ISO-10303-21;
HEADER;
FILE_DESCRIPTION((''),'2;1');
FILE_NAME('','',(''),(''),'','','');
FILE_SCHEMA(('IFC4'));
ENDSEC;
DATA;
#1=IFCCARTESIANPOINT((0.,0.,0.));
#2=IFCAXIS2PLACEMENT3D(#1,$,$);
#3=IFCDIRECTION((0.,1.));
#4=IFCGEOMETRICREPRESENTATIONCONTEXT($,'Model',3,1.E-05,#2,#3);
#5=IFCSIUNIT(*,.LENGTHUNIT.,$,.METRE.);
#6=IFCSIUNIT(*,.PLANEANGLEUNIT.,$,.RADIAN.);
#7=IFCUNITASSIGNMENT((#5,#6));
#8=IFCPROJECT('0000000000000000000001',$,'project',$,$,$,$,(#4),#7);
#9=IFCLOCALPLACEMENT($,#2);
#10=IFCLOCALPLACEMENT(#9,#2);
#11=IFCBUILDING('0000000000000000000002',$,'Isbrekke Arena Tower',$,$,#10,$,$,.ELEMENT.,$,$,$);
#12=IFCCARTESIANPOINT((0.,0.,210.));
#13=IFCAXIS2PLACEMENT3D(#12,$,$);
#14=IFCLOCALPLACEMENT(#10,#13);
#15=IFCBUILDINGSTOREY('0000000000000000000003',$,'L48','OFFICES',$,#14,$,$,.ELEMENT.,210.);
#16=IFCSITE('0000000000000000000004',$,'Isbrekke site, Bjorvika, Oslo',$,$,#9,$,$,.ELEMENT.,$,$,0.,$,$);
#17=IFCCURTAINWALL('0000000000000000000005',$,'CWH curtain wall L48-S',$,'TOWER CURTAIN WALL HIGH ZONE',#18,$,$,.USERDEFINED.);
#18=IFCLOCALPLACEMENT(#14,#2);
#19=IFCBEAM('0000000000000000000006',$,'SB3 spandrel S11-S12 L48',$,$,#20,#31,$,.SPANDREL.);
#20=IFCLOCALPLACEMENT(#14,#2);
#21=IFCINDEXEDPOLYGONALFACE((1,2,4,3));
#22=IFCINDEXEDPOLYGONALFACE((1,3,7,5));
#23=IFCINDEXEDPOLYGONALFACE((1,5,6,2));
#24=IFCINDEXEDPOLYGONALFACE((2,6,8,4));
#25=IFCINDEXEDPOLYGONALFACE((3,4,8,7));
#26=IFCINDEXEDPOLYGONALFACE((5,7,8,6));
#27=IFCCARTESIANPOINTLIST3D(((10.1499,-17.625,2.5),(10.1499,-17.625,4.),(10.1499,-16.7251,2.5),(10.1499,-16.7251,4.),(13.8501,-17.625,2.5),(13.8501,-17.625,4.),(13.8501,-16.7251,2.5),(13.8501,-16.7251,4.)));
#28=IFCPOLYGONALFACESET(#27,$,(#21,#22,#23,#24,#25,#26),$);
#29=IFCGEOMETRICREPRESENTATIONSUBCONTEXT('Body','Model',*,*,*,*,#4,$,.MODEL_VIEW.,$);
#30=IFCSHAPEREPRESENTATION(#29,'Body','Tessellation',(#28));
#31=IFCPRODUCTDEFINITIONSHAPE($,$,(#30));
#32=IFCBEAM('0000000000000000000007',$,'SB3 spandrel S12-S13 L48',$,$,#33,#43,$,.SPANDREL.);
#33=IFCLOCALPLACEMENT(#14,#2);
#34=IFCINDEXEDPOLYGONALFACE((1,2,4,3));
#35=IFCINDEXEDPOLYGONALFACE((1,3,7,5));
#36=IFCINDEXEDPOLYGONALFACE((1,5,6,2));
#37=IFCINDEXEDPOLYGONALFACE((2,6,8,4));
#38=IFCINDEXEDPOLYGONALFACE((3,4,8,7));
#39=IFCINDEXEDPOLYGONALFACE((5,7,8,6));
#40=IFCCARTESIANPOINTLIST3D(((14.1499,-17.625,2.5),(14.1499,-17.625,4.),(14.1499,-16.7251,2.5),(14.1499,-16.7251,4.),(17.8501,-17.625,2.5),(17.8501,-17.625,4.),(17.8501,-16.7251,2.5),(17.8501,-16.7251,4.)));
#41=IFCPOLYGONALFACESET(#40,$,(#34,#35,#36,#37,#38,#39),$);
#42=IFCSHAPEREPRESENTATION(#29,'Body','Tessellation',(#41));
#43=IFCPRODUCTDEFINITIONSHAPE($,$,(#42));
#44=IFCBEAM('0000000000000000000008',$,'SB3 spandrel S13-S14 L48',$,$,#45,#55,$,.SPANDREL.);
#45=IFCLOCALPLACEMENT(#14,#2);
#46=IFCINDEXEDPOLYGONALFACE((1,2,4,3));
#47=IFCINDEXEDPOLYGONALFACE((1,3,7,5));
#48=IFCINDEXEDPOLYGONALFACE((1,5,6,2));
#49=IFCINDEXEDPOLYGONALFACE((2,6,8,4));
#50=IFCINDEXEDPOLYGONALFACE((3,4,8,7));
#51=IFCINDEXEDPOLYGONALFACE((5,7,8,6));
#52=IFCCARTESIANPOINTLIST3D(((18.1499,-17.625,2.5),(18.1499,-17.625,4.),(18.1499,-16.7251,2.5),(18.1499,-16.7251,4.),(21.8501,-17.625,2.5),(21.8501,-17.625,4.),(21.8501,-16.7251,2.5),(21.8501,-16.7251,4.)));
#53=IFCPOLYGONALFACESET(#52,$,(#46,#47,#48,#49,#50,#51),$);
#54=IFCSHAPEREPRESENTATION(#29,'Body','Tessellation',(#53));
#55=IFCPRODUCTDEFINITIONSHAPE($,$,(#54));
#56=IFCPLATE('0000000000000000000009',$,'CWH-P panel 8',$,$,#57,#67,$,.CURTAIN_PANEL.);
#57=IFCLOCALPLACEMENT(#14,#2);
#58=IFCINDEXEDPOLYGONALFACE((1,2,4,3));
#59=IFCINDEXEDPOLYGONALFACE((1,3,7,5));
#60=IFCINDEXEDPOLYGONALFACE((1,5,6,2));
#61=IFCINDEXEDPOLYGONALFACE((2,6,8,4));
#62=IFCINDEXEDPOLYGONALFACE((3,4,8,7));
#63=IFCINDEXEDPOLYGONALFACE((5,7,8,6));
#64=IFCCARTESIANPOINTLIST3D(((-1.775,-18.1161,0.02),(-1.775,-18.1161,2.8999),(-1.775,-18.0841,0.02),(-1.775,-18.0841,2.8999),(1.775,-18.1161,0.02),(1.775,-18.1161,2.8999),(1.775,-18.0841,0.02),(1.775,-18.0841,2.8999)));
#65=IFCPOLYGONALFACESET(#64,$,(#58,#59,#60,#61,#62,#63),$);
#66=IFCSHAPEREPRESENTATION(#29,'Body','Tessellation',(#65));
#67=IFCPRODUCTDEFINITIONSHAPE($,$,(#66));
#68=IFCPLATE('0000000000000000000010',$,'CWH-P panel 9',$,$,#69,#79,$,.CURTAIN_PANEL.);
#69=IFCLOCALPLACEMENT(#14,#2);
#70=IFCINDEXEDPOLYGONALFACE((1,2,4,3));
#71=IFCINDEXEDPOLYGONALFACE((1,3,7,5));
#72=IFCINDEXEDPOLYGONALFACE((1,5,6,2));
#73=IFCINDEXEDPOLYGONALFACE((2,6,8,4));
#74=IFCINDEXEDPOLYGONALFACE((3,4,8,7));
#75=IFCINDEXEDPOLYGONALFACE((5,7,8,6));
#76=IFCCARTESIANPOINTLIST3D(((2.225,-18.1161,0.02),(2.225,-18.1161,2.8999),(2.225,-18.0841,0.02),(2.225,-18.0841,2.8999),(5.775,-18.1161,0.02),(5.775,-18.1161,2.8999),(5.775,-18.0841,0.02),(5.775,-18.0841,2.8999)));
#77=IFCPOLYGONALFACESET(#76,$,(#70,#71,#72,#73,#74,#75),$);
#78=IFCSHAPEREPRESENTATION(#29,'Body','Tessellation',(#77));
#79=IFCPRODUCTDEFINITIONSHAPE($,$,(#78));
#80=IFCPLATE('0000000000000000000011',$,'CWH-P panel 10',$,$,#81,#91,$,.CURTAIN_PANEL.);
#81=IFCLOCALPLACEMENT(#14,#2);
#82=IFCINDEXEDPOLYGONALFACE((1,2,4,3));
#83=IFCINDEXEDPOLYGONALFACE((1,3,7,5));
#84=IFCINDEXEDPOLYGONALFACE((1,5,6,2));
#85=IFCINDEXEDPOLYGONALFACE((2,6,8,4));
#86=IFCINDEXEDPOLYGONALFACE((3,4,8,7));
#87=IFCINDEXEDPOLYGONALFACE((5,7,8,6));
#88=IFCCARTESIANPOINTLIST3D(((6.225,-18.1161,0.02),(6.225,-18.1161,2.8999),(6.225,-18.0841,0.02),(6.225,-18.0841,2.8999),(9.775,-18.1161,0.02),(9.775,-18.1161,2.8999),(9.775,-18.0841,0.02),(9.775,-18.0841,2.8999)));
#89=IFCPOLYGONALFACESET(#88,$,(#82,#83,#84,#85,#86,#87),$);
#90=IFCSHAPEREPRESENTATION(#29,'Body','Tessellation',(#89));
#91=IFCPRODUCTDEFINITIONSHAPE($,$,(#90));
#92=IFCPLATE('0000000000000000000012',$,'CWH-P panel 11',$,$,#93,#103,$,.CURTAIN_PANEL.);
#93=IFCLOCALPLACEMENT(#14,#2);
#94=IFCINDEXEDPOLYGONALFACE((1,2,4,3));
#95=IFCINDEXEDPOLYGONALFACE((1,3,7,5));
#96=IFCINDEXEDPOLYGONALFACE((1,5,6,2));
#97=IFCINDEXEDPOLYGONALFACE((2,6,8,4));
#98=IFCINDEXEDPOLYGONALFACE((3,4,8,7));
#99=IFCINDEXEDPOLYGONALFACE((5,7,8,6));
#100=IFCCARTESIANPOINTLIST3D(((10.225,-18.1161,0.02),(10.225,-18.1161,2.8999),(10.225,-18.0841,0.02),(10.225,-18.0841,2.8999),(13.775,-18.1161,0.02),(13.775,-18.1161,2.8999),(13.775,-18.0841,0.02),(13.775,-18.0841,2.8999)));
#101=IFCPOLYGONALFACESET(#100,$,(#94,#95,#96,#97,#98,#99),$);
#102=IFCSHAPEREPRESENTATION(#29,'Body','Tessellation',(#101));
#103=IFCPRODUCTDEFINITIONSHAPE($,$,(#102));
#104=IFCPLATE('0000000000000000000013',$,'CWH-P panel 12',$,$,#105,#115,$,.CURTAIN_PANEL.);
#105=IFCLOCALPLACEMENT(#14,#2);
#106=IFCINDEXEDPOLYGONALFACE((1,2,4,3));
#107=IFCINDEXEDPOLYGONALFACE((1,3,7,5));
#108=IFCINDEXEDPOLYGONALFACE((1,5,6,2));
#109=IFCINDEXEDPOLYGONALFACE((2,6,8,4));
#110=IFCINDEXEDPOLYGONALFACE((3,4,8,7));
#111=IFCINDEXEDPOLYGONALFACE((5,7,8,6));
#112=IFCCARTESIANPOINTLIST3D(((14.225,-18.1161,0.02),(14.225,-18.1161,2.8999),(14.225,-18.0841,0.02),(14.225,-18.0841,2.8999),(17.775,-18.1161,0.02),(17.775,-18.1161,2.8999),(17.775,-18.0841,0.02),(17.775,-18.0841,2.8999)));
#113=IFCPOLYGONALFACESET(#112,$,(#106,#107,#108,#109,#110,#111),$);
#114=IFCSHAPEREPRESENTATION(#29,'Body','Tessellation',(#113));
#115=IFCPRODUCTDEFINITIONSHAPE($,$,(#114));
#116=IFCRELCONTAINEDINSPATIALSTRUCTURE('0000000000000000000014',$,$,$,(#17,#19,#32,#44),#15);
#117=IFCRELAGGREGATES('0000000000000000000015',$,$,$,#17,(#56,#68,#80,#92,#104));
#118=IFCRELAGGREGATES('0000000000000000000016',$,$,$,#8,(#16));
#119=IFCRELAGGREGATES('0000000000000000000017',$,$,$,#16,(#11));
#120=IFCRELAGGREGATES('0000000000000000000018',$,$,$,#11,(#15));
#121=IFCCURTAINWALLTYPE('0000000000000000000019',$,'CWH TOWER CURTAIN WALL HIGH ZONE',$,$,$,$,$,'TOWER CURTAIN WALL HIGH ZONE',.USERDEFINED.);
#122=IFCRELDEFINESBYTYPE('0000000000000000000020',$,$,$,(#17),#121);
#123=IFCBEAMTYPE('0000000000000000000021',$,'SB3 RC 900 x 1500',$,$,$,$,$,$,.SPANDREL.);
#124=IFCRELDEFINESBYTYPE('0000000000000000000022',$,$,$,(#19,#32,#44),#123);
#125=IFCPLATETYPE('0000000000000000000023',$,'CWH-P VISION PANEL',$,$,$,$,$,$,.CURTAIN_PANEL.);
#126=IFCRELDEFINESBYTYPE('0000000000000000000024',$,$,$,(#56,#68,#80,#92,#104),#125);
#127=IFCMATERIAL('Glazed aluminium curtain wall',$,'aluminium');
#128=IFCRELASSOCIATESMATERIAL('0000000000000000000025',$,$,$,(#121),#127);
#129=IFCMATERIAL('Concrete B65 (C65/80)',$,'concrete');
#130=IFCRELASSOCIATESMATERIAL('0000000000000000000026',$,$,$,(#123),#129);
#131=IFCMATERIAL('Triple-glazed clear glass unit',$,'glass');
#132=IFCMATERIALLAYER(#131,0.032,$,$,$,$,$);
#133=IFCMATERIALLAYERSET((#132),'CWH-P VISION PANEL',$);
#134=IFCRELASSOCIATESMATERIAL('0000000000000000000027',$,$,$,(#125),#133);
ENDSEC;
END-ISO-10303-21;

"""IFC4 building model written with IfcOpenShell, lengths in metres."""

from ifc_helpers import new_model, si_unit, direction, frame, origin, origin_2d, place, context, subcontext, project, spatial, rectangle, extrude, material, layer, layer_set, material_profile, profile_set, type_object, element, aggregate, save


model = new_model("IFC4")

# Units and contexts
model_context = context("Model", 3, precision=1e-05, world=origin(), true_north=direction((0.0, 1.0)))
body_context = subcontext(model_context, "Body", "Model", "MODEL_VIEW")
ifc_project = project(units=[si_unit("LENGTHUNIT", "METRE"), si_unit("PLANEANGLEUNIT", "RADIAN")], contexts=[model_context])

# Site, building, storey
site_placement = place(None, origin())
site = spatial("IfcSite", under=ifc_project, at=site_placement, Name="Isbrekke site, Bjorvika, Oslo", CompositionType="ELEMENT", RefElevation=0.0)
building_placement = place(site_placement, origin())
building = spatial("IfcBuilding", under=site, at=building_placement, Name="Isbrekke Arena Tower", CompositionType="ELEMENT")
storey_placement = place(building_placement, frame((0.0, 0.0, 210.0)))
storey = spatial("IfcBuildingStorey", under=building, at=storey_placement, Name="L48", Description="OFFICES", CompositionType="ELEMENT", Elevation=210.0)

# Curtain wall
ifc_material_1 = material(Name="Glazed aluminium curtain wall", Category="aluminium")
curtain_wall_type = type_object("IfcCurtainWallType", Name="CWH TOWER CURTAIN WALL HIGH ZONE", ElementType="TOWER CURTAIN WALL HIGH ZONE", PredefinedType="USERDEFINED", material=ifc_material_1)
curtain_wall_placement = place(storey_placement, origin())
curtain_wall = element("IfcCurtainWall", 1, at=curtain_wall_placement, inside=storey, type_object=curtain_wall_type, Name="CWH curtain wall L48-S", ObjectType="TOWER CURTAIN WALL HIGH ZONE", PredefinedType="USERDEFINED")

# Beams
ifc_material_2 = material(Name="Concrete B65 (C65/80)", Category="concrete")
ifc_material_profile_1 = material_profile(ifc_material_2, rectangle(XDim=0.8999, YDim=1.5, at=origin_2d()), Name="RC 900x1500")
ifc_profile_set_1 = profile_set([ifc_material_profile_1], Name="Concrete B65 (C65/80)")
beam_type_1 = type_object("IfcBeamType", Name="SB3 RC 900 x 1500", PredefinedType="SPANDREL", material=ifc_profile_set_1)
for number, where, z_axis, x_axis, name in (
    (2, (10.1499, -17.175, 3.25), (1.0, 0.0, 0.0), (0.0, 1.0, 0.0), "SB3 spandrel S11-S12 L48"),
    (3, (14.1499, -17.175, 3.25), (1.0, 0.0, 0.0), (0.0, 1.0, 0.0), "SB3 spandrel S12-S13 L48"),
    (4, (18.1499, -17.175, 3.25), (1.0, 0.0, 0.0), (0.0, 1.0, 0.0), "SB3 spandrel S13-S14 L48"),
):
    element("IfcBeam", number, at=place(storey_placement, frame(where, z_axis=z_axis, x_axis=x_axis)), inside=storey, type_object=beam_type_1, Name=name, PredefinedType="SPANDREL", context=body_context, shape_type="SweptSolid", body=[
        extrude(rectangle(XDim=0.8999, YDim=1.5, at=origin_2d()), origin(), (0.0, 0.0, 1.0), 3.7002),
    ])

# Plates
ifc_material_3 = material(Name="Triple-glazed clear glass unit", Category="glass")
ifc_layer = layer(ifc_material_3, 0.032)
ifc_layer_set = layer_set([ifc_layer], Name="CWH-P VISION PANEL")
plate_type = type_object("IfcPlateType", Name="CWH-P VISION PANEL", PredefinedType="CURTAIN_PANEL", material=ifc_layer_set)
plate_1_placement = place(storey_placement, frame((0.0, -18.1001, 0.02), z_axis=(0.0, 0.0, 1.0), x_axis=(1.0, 0.0, 0.0)))
plate_1 = element("IfcPlate", 5, at=plate_1_placement, type_object=plate_type, Name="CWH-P panel 8", PredefinedType="CURTAIN_PANEL", context=body_context, shape_type="SweptSolid", body=[
    extrude(rectangle(XDim=3.55, YDim=0.032, at=origin_2d()), origin(), (0.0, 0.0, 1.0), 2.8799),
])
plate_2_placement = place(storey_placement, frame((4.0, -18.1001, 0.02), z_axis=(0.0, 0.0, 1.0), x_axis=(1.0, 0.0, 0.0)))
plate_2 = element("IfcPlate", 6, at=plate_2_placement, type_object=plate_type, Name="CWH-P panel 9", PredefinedType="CURTAIN_PANEL", context=body_context, shape_type="SweptSolid", body=[
    extrude(rectangle(XDim=3.55, YDim=0.032, at=origin_2d()), origin(), (0.0, 0.0, 1.0), 2.8799),
])
plate_3_placement = place(storey_placement, frame((8.0, -18.1001, 0.02), z_axis=(0.0, 0.0, 1.0), x_axis=(1.0, 0.0, 0.0)))
plate_3 = element("IfcPlate", 7, at=plate_3_placement, type_object=plate_type, Name="CWH-P panel 10", PredefinedType="CURTAIN_PANEL", context=body_context, shape_type="SweptSolid", body=[
    extrude(rectangle(XDim=3.55, YDim=0.032, at=origin_2d()), origin(), (0.0, 0.0, 1.0), 2.8799),
])
plate_4_placement = place(storey_placement, frame((12.0, -18.1001, 0.02), z_axis=(0.0, 0.0, 1.0), x_axis=(1.0, 0.0, 0.0)))
plate_4 = element("IfcPlate", 8, at=plate_4_placement, type_object=plate_type, Name="CWH-P panel 11", PredefinedType="CURTAIN_PANEL", context=body_context, shape_type="SweptSolid", body=[
    extrude(rectangle(XDim=3.55, YDim=0.032, at=origin_2d()), origin(), (0.0, 0.0, 1.0), 2.8799),
])
plate_5_placement = place(storey_placement, frame((16.0, -18.1001, 0.02), z_axis=(0.0, 0.0, 1.0), x_axis=(1.0, 0.0, 0.0)))
plate_5 = element("IfcPlate", 9, at=plate_5_placement, type_object=plate_type, Name="CWH-P panel 12", PredefinedType="CURTAIN_PANEL", context=body_context, shape_type="SweptSolid", body=[
    extrude(rectangle(XDim=3.55, YDim=0.032, at=origin_2d()), origin(), (0.0, 0.0, 1.0), 2.8799),
])
aggregate(curtain_wall, [plate_1, plate_2, plate_3, plate_4, plate_5])

save(model, "model.ifc")
